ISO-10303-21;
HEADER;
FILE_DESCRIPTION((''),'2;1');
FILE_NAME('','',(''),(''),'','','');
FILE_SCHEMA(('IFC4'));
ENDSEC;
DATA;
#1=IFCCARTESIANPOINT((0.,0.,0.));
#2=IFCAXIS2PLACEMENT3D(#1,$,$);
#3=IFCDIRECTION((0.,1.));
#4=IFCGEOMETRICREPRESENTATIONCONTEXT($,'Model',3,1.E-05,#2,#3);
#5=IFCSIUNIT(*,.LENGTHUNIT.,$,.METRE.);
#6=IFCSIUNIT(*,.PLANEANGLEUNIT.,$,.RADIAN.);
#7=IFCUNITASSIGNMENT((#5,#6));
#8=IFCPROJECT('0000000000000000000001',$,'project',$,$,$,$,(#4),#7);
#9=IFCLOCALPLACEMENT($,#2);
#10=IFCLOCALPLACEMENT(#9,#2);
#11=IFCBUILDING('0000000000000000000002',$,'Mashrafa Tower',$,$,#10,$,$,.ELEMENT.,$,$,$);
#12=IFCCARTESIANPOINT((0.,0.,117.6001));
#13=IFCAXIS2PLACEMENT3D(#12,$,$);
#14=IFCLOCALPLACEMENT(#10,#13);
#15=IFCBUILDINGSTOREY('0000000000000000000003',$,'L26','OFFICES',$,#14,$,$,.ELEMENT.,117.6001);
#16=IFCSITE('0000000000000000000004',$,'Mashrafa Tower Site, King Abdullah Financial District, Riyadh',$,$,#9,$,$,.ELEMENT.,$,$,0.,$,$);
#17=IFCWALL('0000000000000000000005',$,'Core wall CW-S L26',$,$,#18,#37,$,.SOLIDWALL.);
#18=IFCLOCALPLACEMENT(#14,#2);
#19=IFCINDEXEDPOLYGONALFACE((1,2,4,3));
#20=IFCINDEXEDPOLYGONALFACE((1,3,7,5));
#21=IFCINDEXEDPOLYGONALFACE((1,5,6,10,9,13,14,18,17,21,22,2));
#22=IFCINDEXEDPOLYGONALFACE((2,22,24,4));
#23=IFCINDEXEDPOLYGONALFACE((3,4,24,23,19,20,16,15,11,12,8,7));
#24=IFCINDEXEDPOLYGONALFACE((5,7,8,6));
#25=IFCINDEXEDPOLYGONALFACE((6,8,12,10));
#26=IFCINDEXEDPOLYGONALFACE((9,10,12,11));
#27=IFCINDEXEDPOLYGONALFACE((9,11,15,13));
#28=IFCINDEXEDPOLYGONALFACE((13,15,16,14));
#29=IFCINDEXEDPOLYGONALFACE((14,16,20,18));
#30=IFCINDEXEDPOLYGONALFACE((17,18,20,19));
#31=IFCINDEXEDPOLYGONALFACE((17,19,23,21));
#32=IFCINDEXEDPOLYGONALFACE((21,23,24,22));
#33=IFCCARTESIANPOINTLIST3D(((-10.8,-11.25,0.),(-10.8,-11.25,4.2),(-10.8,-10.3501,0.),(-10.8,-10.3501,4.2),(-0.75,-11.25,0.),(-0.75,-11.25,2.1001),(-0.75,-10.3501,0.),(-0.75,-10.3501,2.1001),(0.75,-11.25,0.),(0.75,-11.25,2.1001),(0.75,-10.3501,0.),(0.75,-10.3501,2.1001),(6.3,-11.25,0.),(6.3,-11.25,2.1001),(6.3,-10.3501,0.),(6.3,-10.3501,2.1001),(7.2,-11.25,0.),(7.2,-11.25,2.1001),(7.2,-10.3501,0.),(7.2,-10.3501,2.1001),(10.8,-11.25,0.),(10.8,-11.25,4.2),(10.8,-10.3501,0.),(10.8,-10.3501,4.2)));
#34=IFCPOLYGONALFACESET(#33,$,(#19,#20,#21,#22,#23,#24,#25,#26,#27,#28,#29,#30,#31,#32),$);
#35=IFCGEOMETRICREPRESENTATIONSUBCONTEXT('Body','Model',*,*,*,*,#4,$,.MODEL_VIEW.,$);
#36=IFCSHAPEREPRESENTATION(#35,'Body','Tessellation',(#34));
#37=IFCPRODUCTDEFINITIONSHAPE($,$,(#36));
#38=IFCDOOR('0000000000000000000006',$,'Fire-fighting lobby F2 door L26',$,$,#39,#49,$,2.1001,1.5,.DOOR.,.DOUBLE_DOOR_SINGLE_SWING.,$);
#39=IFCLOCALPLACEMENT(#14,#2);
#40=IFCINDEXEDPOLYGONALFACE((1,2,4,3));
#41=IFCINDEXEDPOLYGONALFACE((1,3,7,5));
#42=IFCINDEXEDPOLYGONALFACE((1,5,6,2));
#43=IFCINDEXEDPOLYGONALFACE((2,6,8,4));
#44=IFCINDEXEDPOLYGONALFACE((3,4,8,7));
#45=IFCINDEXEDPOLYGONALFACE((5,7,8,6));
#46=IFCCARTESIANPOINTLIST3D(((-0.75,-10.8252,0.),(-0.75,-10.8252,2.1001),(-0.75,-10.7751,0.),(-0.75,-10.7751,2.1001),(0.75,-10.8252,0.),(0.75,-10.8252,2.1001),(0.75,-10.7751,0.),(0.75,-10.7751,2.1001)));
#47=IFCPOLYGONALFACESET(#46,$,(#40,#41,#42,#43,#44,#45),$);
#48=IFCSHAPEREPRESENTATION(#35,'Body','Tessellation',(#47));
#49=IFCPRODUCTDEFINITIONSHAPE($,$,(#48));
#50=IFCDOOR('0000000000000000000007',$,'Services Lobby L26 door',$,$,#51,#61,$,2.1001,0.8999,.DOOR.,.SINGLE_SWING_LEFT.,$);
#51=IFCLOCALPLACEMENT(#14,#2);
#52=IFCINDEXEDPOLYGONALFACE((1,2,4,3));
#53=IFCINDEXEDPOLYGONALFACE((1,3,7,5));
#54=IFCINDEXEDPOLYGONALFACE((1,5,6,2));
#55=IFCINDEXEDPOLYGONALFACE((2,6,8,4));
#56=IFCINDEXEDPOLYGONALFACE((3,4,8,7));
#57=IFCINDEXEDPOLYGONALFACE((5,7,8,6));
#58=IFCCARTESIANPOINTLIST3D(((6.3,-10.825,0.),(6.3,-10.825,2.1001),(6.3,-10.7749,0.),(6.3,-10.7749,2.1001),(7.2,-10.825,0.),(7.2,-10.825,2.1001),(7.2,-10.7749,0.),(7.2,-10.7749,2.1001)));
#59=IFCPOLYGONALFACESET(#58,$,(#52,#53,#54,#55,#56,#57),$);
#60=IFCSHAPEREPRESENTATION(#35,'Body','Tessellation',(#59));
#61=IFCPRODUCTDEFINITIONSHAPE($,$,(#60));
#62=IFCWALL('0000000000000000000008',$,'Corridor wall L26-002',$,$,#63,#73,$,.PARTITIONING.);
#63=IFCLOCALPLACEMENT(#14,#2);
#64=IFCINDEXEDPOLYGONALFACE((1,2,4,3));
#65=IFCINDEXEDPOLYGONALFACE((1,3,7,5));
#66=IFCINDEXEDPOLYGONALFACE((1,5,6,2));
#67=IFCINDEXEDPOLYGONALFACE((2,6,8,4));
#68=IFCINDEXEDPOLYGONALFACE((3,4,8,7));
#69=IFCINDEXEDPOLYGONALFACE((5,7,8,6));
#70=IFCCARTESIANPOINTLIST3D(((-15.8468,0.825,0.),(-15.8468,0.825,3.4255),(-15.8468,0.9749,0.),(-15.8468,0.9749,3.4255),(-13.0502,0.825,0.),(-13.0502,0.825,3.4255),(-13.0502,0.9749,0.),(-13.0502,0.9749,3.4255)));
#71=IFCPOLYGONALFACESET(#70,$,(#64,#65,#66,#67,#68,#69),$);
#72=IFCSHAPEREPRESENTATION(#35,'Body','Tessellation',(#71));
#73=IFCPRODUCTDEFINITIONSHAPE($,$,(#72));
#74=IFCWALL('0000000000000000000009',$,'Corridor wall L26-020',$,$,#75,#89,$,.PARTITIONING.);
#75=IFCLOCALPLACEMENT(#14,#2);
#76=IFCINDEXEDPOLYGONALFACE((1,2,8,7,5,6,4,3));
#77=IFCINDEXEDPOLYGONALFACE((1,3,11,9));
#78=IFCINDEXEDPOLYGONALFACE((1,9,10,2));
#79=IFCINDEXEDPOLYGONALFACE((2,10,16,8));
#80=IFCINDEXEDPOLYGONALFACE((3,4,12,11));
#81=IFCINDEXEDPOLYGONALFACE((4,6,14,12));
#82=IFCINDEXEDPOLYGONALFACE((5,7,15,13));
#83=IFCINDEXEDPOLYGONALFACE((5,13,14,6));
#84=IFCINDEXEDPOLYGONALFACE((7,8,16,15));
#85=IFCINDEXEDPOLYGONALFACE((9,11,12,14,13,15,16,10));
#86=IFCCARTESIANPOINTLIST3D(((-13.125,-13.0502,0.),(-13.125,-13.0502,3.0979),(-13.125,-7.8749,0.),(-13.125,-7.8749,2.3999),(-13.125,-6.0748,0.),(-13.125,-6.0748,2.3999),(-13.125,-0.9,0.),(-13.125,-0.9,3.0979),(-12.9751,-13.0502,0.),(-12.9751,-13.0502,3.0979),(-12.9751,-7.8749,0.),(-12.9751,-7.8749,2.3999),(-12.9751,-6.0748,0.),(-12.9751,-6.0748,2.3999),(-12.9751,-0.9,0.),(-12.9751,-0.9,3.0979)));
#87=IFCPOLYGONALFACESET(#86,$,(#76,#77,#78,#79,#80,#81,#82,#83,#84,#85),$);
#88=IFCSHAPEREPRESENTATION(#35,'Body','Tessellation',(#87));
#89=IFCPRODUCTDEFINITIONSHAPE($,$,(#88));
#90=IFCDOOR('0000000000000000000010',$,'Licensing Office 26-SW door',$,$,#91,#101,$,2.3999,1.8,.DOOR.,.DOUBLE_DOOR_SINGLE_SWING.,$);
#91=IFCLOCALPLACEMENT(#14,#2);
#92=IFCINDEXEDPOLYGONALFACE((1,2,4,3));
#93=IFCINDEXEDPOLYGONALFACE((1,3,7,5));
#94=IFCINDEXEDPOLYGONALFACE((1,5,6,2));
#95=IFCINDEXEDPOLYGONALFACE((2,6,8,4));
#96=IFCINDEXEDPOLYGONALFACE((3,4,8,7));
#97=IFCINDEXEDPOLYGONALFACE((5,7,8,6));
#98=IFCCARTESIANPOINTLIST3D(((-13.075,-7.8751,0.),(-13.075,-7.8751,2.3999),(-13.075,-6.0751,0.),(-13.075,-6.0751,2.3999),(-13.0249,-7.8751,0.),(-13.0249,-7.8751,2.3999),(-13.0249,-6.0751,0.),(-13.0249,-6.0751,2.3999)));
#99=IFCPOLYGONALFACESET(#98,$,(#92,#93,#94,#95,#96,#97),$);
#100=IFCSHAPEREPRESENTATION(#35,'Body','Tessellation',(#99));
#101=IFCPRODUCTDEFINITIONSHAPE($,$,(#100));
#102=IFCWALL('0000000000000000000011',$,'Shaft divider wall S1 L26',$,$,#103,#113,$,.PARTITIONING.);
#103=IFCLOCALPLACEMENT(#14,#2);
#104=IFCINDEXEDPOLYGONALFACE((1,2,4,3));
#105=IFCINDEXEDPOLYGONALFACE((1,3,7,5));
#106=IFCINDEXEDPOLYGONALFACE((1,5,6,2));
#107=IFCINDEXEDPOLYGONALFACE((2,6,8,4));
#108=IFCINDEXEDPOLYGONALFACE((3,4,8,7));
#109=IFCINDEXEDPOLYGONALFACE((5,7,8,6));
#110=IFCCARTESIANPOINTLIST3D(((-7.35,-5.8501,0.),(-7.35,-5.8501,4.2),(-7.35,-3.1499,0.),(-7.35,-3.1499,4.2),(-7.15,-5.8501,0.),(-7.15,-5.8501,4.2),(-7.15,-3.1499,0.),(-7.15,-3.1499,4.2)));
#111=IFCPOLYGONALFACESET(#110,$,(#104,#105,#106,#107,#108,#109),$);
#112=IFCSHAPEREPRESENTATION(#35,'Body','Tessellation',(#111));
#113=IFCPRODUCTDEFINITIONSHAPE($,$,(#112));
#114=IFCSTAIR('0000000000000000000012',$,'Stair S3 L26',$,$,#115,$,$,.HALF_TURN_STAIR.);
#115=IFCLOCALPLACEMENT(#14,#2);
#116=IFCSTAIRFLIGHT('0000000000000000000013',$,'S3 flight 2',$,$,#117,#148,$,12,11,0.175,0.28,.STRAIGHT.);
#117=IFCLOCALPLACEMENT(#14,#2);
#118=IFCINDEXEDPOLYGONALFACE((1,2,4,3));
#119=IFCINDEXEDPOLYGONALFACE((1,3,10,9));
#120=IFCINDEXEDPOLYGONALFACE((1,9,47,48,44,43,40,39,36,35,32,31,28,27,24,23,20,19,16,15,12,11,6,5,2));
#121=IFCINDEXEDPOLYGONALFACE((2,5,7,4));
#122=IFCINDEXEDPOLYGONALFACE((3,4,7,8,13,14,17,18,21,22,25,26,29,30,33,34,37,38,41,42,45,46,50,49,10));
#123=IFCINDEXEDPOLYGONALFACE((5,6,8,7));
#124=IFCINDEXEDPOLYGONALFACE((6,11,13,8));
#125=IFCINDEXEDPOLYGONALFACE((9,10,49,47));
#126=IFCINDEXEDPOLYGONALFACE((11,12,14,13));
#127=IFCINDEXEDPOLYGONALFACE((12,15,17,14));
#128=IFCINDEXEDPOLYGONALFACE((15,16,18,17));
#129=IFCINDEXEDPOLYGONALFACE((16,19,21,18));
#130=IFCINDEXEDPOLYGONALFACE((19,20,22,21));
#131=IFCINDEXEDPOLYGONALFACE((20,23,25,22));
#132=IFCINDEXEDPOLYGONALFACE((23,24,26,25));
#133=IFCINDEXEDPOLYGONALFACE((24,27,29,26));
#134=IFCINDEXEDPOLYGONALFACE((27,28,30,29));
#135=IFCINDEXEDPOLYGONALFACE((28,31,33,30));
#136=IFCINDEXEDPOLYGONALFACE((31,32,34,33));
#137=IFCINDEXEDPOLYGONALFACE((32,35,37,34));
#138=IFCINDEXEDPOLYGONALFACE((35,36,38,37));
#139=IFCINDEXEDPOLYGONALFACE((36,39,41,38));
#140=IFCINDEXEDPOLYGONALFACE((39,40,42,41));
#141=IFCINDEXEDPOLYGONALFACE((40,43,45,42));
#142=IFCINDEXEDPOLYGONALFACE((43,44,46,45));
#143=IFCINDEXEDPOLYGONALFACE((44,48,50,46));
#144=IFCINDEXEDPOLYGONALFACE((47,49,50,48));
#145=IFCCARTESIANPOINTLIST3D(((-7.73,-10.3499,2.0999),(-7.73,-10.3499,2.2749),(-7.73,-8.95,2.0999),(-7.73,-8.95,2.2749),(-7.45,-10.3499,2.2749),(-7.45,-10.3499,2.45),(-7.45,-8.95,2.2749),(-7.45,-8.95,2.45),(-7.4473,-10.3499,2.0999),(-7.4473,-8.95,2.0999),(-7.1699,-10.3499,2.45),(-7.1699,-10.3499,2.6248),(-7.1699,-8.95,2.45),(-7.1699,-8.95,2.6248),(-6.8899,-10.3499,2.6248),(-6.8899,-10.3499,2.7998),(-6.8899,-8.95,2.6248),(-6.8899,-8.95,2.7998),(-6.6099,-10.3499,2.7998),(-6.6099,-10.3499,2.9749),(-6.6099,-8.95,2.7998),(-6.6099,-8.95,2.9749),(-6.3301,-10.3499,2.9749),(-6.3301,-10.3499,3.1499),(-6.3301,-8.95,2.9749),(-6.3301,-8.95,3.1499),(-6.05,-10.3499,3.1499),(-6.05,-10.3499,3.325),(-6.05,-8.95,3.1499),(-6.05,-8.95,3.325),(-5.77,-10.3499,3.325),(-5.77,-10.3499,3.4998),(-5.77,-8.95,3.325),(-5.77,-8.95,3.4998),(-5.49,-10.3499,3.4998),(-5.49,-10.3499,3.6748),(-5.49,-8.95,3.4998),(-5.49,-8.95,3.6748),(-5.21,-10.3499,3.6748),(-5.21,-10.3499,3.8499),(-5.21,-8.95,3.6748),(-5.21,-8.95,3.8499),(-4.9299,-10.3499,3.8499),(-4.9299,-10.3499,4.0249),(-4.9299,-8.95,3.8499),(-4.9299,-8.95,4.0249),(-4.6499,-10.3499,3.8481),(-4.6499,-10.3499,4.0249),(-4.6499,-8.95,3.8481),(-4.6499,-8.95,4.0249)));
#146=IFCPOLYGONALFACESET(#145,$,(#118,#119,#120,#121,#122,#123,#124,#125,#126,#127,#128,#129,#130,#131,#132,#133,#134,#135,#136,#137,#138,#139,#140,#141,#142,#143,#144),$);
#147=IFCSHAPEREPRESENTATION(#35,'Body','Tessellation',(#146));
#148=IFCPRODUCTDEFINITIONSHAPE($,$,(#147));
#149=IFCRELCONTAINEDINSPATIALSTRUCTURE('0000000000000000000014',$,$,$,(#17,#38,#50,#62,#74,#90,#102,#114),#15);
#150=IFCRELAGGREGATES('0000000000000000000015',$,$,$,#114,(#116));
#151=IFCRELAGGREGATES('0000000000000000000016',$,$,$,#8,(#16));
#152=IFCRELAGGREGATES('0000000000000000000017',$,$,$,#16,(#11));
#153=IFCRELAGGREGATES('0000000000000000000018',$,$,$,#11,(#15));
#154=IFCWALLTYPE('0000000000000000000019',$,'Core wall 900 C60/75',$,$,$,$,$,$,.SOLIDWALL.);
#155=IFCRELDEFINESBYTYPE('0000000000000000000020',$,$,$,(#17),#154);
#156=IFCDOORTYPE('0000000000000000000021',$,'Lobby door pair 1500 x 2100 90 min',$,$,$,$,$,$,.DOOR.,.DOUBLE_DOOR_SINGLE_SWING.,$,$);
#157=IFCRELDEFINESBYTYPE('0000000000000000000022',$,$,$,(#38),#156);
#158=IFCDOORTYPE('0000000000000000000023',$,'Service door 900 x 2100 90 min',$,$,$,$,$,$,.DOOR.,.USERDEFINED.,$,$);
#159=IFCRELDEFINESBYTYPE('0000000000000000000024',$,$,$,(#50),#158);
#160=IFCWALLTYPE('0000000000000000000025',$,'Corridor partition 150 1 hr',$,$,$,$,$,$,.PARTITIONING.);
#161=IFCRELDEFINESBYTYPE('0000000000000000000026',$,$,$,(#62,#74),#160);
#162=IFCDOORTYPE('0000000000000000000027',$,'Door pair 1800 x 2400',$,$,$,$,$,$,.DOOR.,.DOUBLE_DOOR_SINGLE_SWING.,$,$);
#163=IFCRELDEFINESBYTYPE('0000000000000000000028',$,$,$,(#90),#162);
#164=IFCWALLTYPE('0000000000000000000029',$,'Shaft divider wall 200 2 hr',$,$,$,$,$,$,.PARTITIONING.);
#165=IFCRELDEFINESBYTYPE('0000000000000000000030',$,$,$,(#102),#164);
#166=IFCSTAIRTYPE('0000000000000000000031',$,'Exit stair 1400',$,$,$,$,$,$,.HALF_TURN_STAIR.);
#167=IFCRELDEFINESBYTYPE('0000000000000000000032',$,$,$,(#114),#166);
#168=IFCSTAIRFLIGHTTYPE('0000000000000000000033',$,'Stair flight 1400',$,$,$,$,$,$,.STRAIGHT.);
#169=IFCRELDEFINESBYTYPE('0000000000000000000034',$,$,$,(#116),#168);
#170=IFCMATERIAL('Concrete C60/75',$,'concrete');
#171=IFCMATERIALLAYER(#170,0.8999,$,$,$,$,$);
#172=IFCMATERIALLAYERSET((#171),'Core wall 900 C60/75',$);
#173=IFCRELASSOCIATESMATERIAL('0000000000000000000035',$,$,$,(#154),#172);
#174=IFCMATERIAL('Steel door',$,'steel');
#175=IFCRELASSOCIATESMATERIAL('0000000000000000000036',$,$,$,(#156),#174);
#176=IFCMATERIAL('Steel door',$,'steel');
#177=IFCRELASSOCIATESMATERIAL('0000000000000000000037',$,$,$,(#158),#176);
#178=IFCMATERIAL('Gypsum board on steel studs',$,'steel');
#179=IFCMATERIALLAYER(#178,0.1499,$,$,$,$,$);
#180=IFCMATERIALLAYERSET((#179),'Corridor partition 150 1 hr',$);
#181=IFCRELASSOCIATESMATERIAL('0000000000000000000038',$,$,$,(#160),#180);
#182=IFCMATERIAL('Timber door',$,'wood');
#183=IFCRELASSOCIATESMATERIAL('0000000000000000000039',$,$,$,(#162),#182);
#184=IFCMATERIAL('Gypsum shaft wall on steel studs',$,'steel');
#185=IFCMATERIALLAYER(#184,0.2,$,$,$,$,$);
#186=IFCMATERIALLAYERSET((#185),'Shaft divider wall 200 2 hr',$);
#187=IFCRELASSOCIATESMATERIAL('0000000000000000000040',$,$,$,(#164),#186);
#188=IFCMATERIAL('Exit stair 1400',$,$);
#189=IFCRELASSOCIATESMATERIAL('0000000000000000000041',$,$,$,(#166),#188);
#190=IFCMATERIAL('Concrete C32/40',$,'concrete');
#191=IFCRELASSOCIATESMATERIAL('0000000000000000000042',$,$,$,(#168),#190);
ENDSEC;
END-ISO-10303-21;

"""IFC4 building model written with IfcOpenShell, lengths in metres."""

from ifc_helpers import new_model, si_unit, direction, frame, frame_2d, origin, place, context, subcontext, project, spatial, polyline, rectangle, outline, extrude, material, layer, layer_set, type_object, element, fill, aggregate, save


model = new_model("IFC4")

# Units and contexts
model_context = context("Model", 3, precision=1e-05, world=origin(), true_north=direction((0.0, 1.0)))
body_context = subcontext(model_context, "Body", "Model", "MODEL_VIEW")
ifc_project = project(units=[si_unit("LENGTHUNIT", "METRE"), si_unit("PLANEANGLEUNIT", "RADIAN")], contexts=[model_context])

# Site, building, storey
site_placement = place(None, origin())
site = spatial("IfcSite", under=ifc_project, at=site_placement, Name="Mashrafa Tower Site, King Abdullah Financial District, Riyadh", CompositionType="ELEMENT", RefElevation=0.0)
building_placement = place(site_placement, origin())
building = spatial("IfcBuilding", under=site, at=building_placement, Name="Mashrafa Tower", CompositionType="ELEMENT")
storey_placement = place(building_placement, frame((0.0, 0.0, 117.6001)))
storey = spatial("IfcBuildingStorey", under=building, at=storey_placement, Name="L26", Description="OFFICES", CompositionType="ELEMENT", Elevation=117.6001)

# Wall, openings, doors
ifc_material_1 = material(Name="Concrete C60/75", Category="concrete")
ifc_layer_1 = layer(ifc_material_1, 0.8999)
ifc_layer_set_1 = layer_set([ifc_layer_1], Name="Core wall 900 C60/75")
wall_type_1 = type_object("IfcWallType", Name="Core wall 900 C60/75", PredefinedType="SOLIDWALL", material=ifc_layer_set_1)
wall_1_placement = place(storey_placement, frame((-10.8, -10.8, 0.0), z_axis=(0.0, 0.0, 1.0), x_axis=(1.0, 0.0, 0.0)))
wall_1 = element("IfcWall", 1, at=wall_1_placement, inside=storey, type_object=wall_type_1, Name="Core wall CW-S L26", PredefinedType="SOLIDWALL", context=body_context, shape_type="SweptSolid", body=[
    extrude(rectangle(XDim=21.6001, YDim=0.8999, at=frame_2d((10.8, 0.0))), origin(), (0.0, 0.0, 1.0), 4.2),
])
opening_1_placement = place(wall_1_placement, frame((10.05, 0.0, 0.0)))
opening_1 = element("IfcOpeningElement", 2, at=opening_1_placement, cuts=wall_1, PredefinedType="OPENING", context=body_context, shape_type="SweptSolid", body=[
    extrude(rectangle(XDim=1.5, YDim=2.1001, at=frame_2d((0.75, 1.05))), frame((0.0, 0.46, 0.0), z_axis=(0.0, -1.0, 0.0), x_axis=(1.0, 0.0, 0.0)), (0.0, 0.0, 1.0), 0.9199),
])
opening_2_placement = place(wall_1_placement, frame((17.1001, 0.0, 0.0)))
opening_2 = element("IfcOpeningElement", 3, at=opening_2_placement, cuts=wall_1, PredefinedType="OPENING", context=body_context, shape_type="SweptSolid", body=[
    extrude(rectangle(XDim=0.8999, YDim=2.1001, at=frame_2d((0.45, 1.05))), frame((0.0, 0.46, 0.0), z_axis=(0.0, -1.0, 0.0), x_axis=(1.0, 0.0, 0.0)), (0.0, 0.0, 1.0), 0.9199),
])
ifc_material_2 = material(Name="Steel door", Category="steel")
door_type_1 = type_object("IfcDoorType", Name="Lobby door pair 1500 x 2100 90 min", OperationType="DOUBLE_DOOR_SINGLE_SWING", PredefinedType="DOOR", material=ifc_material_2)
door_1_placement = place(opening_1_placement, origin())
door_1 = element("IfcDoor", 4, at=door_1_placement, inside=storey, type_object=door_type_1, Name="Fire-fighting lobby F2 door L26", OperationType="DOUBLE_DOOR_SINGLE_SWING", OverallHeight=2.1001, OverallWidth=1.5, PredefinedType="DOOR", context=body_context, shape_type="SweptSolid", body=[
    extrude(rectangle(XDim=1.5, YDim=2.1001, at=frame_2d((0.75, 1.05))), frame((0.0, 0.0249, 0.0), z_axis=(0.0, -1.0, 0.0), x_axis=(1.0, 0.0, 0.0)), (0.0, 0.0, 1.0), 0.05),
])
fill(opening_1, door_1)
ifc_material_3 = material(Name="Steel door", Category="steel")
door_type_2 = type_object("IfcDoorType", Name="Service door 900 x 2100 90 min", OperationType="USERDEFINED", PredefinedType="DOOR", material=ifc_material_3)
door_2_placement = place(opening_2_placement, frame((0.8999, 0.0, 0.0), z_axis=(0.0, 0.0, 1.0), x_axis=(-1.0, 0.0, 0.0)))
door_2 = element("IfcDoor", 5, at=door_2_placement, inside=storey, type_object=door_type_2, Name="Services Lobby L26 door", OperationType="SINGLE_SWING_LEFT", OverallHeight=2.1001, OverallWidth=0.8999, PredefinedType="DOOR", context=body_context, shape_type="SweptSolid", body=[
    extrude(rectangle(XDim=0.8999, YDim=2.1001, at=frame_2d((0.45, 1.05))), frame((0.0, 0.0249, 0.0), z_axis=(0.0, -1.0, 0.0), x_axis=(1.0, 0.0, 0.0)), (0.0, 0.0, 1.0), 0.05),
])
fill(opening_2, door_2)

# Wall
ifc_material_4 = material(Name="Gypsum board on steel studs", Category="steel")
ifc_layer_2 = layer(ifc_material_4, 0.1499)
ifc_layer_set_2 = layer_set([ifc_layer_2], Name="Corridor partition 150 1 hr")
wall_type_2 = type_object("IfcWallType", Name="Corridor partition 150 1 hr", PredefinedType="PARTITIONING", material=ifc_layer_set_2)
wall_2_placement = place(storey_placement, frame((-13.05, 0.8999, 0.0), z_axis=(0.0, 0.0, 1.0), x_axis=(-1.0, 0.0, 0.0)))
element("IfcWall", 6, at=wall_2_placement, inside=storey, type_object=wall_type_2, Name="Corridor wall L26-002", PredefinedType="PARTITIONING", context=body_context, shape_type="SweptSolid", body=[
    extrude(rectangle(XDim=2.7966, YDim=0.1499, at=frame_2d((1.3984, 0.0))), origin(), (0.0, 0.0, 1.0), 3.4255),
])

# Wall, opening, door
wall_3_placement = place(storey_placement, frame((-13.05, -0.8999, 0.0), z_axis=(0.0, 0.0, 1.0), x_axis=(0.0, -1.0, 0.0)))
wall_3 = element("IfcWall", 7, at=wall_3_placement, inside=storey, type_object=wall_type_2, Name="Corridor wall L26-020", PredefinedType="PARTITIONING", context=body_context, shape_type="SweptSolid", body=[
    extrude(rectangle(XDim=12.1501, YDim=0.1499, at=frame_2d((6.0752, 0.0))), origin(), (0.0, 0.0, 1.0), 3.0979),
])
opening_3_placement = place(wall_3_placement, frame((5.175, 0.0, 0.0)))
opening_3 = element("IfcOpeningElement", 8, at=opening_3_placement, cuts=wall_3, PredefinedType="OPENING", context=body_context, shape_type="SweptSolid", body=[
    extrude(rectangle(XDim=1.8, YDim=2.3999, at=frame_2d((0.8999, 1.2))), frame((0.0, 0.085, 0.0), z_axis=(0.0, -1.0, 0.0), x_axis=(1.0, 0.0, 0.0)), (0.0, 0.0, 1.0), 0.1699),
])
ifc_material_5 = material(Name="Timber door", Category="wood")
door_type_3 = type_object("IfcDoorType", Name="Door pair 1800 x 2400", OperationType="DOUBLE_DOOR_SINGLE_SWING", PredefinedType="DOOR", material=ifc_material_5)
door_3_placement = place(opening_3_placement, frame((1.8, 0.0, 0.0), z_axis=(0.0, 0.0, 1.0), x_axis=(-1.0, 0.0, 0.0)))
door_3 = element("IfcDoor", 9, at=door_3_placement, inside=storey, type_object=door_type_3, Name="Licensing Office 26-SW door", OperationType="DOUBLE_DOOR_SINGLE_SWING", OverallHeight=2.3999, OverallWidth=1.8, PredefinedType="DOOR", context=body_context, shape_type="SweptSolid", body=[
    extrude(rectangle(XDim=1.8, YDim=2.3999, at=frame_2d((0.8999, 1.2))), frame((0.0, 0.0249, 0.0), z_axis=(0.0, -1.0, 0.0), x_axis=(1.0, 0.0, 0.0)), (0.0, 0.0, 1.0), 0.05),
])
fill(opening_3, door_3)

# Wall
ifc_material_6 = material(Name="Gypsum shaft wall on steel studs", Category="steel")
ifc_layer_3 = layer(ifc_material_6, 0.2)
ifc_layer_set_3 = layer_set([ifc_layer_3], Name="Shaft divider wall 200 2 hr")
wall_type_3 = type_object("IfcWallType", Name="Shaft divider wall 200 2 hr", PredefinedType="PARTITIONING", material=ifc_layer_set_3)
wall_4_placement = place(storey_placement, frame((-7.25, -5.8501, 0.0), z_axis=(0.0, 0.0, 1.0), x_axis=(0.0, 1.0, 0.0)))
element("IfcWall", 10, at=wall_4_placement, inside=storey, type_object=wall_type_3, Name="Shaft divider wall S1 L26", PredefinedType="PARTITIONING", context=body_context, shape_type="SweptSolid", body=[
    extrude(rectangle(XDim=2.7002, YDim=0.2, at=frame_2d((1.3501, 0.0))), origin(), (0.0, 0.0, 1.0), 4.2),
])

# Stair, stair flight
ifc_material_7 = material(Name="Exit stair 1400")
stair_type = type_object("IfcStairType", Name="Exit stair 1400", PredefinedType="HALF_TURN_STAIR", material=ifc_material_7)
stair_placement = place(storey_placement, origin())
stair = element("IfcStair", 11, at=stair_placement, inside=storey, type_object=stair_type, Name="Stair S3 L26", PredefinedType="HALF_TURN_STAIR")
ifc_material_8 = material(Name="Concrete C32/40", Category="concrete")
stair_flight_type = type_object("IfcStairFlightType", Name="Stair flight 1400", PredefinedType="STRAIGHT", material=ifc_material_8)
stair_flight_placement = place(storey_placement, frame((-7.73, -9.6499, 2.0999), z_axis=(0.0, 0.0, 1.0), x_axis=(1.0, 0.0, 0.0)))
stair_flight = element("IfcStairFlight", 12, at=stair_flight_placement, type_object=stair_flight_type, Name="S3 flight 2", NumberOfRisers=12, NumberOfTreads=11, PredefinedType="STRAIGHT", RiserHeight=0.175, TreadLength=0.28, context=body_context, shape_type="SweptSolid", body=[
    extrude(outline(polyline([(0.0, 0.0), (0.0, 0.175), (0.28, 0.175), (0.28, 0.3501), (0.5601, 0.3501), (0.5601, 0.5249), (0.8401, 0.5249), (0.8401, 0.7), (1.1201, 0.7), (1.1201, 0.875), (1.3999, 0.875), (1.3999, 1.05), (1.6799, 1.05), (1.6799, 1.2251), (1.96, 1.2251), (1.96, 1.3999), (2.24, 1.3999), (2.24, 1.575), (2.52, 1.575), (2.52, 1.75), (2.8, 1.75), (2.8, 1.925), (3.0801, 1.925), (3.0801, 2.1001), (3.0801, 1.7483), (0.2827, 0.0), (0.0, 0.0)])), frame((0.0, 0.7, 0.0), z_axis=(0.0, -1.0, 0.0), x_axis=(1.0, 0.0, 0.0)), (0.0, 0.0, 1.0), 1.3999),
])
aggregate(stair, [stair_flight])

save(model, "model.ifc")
